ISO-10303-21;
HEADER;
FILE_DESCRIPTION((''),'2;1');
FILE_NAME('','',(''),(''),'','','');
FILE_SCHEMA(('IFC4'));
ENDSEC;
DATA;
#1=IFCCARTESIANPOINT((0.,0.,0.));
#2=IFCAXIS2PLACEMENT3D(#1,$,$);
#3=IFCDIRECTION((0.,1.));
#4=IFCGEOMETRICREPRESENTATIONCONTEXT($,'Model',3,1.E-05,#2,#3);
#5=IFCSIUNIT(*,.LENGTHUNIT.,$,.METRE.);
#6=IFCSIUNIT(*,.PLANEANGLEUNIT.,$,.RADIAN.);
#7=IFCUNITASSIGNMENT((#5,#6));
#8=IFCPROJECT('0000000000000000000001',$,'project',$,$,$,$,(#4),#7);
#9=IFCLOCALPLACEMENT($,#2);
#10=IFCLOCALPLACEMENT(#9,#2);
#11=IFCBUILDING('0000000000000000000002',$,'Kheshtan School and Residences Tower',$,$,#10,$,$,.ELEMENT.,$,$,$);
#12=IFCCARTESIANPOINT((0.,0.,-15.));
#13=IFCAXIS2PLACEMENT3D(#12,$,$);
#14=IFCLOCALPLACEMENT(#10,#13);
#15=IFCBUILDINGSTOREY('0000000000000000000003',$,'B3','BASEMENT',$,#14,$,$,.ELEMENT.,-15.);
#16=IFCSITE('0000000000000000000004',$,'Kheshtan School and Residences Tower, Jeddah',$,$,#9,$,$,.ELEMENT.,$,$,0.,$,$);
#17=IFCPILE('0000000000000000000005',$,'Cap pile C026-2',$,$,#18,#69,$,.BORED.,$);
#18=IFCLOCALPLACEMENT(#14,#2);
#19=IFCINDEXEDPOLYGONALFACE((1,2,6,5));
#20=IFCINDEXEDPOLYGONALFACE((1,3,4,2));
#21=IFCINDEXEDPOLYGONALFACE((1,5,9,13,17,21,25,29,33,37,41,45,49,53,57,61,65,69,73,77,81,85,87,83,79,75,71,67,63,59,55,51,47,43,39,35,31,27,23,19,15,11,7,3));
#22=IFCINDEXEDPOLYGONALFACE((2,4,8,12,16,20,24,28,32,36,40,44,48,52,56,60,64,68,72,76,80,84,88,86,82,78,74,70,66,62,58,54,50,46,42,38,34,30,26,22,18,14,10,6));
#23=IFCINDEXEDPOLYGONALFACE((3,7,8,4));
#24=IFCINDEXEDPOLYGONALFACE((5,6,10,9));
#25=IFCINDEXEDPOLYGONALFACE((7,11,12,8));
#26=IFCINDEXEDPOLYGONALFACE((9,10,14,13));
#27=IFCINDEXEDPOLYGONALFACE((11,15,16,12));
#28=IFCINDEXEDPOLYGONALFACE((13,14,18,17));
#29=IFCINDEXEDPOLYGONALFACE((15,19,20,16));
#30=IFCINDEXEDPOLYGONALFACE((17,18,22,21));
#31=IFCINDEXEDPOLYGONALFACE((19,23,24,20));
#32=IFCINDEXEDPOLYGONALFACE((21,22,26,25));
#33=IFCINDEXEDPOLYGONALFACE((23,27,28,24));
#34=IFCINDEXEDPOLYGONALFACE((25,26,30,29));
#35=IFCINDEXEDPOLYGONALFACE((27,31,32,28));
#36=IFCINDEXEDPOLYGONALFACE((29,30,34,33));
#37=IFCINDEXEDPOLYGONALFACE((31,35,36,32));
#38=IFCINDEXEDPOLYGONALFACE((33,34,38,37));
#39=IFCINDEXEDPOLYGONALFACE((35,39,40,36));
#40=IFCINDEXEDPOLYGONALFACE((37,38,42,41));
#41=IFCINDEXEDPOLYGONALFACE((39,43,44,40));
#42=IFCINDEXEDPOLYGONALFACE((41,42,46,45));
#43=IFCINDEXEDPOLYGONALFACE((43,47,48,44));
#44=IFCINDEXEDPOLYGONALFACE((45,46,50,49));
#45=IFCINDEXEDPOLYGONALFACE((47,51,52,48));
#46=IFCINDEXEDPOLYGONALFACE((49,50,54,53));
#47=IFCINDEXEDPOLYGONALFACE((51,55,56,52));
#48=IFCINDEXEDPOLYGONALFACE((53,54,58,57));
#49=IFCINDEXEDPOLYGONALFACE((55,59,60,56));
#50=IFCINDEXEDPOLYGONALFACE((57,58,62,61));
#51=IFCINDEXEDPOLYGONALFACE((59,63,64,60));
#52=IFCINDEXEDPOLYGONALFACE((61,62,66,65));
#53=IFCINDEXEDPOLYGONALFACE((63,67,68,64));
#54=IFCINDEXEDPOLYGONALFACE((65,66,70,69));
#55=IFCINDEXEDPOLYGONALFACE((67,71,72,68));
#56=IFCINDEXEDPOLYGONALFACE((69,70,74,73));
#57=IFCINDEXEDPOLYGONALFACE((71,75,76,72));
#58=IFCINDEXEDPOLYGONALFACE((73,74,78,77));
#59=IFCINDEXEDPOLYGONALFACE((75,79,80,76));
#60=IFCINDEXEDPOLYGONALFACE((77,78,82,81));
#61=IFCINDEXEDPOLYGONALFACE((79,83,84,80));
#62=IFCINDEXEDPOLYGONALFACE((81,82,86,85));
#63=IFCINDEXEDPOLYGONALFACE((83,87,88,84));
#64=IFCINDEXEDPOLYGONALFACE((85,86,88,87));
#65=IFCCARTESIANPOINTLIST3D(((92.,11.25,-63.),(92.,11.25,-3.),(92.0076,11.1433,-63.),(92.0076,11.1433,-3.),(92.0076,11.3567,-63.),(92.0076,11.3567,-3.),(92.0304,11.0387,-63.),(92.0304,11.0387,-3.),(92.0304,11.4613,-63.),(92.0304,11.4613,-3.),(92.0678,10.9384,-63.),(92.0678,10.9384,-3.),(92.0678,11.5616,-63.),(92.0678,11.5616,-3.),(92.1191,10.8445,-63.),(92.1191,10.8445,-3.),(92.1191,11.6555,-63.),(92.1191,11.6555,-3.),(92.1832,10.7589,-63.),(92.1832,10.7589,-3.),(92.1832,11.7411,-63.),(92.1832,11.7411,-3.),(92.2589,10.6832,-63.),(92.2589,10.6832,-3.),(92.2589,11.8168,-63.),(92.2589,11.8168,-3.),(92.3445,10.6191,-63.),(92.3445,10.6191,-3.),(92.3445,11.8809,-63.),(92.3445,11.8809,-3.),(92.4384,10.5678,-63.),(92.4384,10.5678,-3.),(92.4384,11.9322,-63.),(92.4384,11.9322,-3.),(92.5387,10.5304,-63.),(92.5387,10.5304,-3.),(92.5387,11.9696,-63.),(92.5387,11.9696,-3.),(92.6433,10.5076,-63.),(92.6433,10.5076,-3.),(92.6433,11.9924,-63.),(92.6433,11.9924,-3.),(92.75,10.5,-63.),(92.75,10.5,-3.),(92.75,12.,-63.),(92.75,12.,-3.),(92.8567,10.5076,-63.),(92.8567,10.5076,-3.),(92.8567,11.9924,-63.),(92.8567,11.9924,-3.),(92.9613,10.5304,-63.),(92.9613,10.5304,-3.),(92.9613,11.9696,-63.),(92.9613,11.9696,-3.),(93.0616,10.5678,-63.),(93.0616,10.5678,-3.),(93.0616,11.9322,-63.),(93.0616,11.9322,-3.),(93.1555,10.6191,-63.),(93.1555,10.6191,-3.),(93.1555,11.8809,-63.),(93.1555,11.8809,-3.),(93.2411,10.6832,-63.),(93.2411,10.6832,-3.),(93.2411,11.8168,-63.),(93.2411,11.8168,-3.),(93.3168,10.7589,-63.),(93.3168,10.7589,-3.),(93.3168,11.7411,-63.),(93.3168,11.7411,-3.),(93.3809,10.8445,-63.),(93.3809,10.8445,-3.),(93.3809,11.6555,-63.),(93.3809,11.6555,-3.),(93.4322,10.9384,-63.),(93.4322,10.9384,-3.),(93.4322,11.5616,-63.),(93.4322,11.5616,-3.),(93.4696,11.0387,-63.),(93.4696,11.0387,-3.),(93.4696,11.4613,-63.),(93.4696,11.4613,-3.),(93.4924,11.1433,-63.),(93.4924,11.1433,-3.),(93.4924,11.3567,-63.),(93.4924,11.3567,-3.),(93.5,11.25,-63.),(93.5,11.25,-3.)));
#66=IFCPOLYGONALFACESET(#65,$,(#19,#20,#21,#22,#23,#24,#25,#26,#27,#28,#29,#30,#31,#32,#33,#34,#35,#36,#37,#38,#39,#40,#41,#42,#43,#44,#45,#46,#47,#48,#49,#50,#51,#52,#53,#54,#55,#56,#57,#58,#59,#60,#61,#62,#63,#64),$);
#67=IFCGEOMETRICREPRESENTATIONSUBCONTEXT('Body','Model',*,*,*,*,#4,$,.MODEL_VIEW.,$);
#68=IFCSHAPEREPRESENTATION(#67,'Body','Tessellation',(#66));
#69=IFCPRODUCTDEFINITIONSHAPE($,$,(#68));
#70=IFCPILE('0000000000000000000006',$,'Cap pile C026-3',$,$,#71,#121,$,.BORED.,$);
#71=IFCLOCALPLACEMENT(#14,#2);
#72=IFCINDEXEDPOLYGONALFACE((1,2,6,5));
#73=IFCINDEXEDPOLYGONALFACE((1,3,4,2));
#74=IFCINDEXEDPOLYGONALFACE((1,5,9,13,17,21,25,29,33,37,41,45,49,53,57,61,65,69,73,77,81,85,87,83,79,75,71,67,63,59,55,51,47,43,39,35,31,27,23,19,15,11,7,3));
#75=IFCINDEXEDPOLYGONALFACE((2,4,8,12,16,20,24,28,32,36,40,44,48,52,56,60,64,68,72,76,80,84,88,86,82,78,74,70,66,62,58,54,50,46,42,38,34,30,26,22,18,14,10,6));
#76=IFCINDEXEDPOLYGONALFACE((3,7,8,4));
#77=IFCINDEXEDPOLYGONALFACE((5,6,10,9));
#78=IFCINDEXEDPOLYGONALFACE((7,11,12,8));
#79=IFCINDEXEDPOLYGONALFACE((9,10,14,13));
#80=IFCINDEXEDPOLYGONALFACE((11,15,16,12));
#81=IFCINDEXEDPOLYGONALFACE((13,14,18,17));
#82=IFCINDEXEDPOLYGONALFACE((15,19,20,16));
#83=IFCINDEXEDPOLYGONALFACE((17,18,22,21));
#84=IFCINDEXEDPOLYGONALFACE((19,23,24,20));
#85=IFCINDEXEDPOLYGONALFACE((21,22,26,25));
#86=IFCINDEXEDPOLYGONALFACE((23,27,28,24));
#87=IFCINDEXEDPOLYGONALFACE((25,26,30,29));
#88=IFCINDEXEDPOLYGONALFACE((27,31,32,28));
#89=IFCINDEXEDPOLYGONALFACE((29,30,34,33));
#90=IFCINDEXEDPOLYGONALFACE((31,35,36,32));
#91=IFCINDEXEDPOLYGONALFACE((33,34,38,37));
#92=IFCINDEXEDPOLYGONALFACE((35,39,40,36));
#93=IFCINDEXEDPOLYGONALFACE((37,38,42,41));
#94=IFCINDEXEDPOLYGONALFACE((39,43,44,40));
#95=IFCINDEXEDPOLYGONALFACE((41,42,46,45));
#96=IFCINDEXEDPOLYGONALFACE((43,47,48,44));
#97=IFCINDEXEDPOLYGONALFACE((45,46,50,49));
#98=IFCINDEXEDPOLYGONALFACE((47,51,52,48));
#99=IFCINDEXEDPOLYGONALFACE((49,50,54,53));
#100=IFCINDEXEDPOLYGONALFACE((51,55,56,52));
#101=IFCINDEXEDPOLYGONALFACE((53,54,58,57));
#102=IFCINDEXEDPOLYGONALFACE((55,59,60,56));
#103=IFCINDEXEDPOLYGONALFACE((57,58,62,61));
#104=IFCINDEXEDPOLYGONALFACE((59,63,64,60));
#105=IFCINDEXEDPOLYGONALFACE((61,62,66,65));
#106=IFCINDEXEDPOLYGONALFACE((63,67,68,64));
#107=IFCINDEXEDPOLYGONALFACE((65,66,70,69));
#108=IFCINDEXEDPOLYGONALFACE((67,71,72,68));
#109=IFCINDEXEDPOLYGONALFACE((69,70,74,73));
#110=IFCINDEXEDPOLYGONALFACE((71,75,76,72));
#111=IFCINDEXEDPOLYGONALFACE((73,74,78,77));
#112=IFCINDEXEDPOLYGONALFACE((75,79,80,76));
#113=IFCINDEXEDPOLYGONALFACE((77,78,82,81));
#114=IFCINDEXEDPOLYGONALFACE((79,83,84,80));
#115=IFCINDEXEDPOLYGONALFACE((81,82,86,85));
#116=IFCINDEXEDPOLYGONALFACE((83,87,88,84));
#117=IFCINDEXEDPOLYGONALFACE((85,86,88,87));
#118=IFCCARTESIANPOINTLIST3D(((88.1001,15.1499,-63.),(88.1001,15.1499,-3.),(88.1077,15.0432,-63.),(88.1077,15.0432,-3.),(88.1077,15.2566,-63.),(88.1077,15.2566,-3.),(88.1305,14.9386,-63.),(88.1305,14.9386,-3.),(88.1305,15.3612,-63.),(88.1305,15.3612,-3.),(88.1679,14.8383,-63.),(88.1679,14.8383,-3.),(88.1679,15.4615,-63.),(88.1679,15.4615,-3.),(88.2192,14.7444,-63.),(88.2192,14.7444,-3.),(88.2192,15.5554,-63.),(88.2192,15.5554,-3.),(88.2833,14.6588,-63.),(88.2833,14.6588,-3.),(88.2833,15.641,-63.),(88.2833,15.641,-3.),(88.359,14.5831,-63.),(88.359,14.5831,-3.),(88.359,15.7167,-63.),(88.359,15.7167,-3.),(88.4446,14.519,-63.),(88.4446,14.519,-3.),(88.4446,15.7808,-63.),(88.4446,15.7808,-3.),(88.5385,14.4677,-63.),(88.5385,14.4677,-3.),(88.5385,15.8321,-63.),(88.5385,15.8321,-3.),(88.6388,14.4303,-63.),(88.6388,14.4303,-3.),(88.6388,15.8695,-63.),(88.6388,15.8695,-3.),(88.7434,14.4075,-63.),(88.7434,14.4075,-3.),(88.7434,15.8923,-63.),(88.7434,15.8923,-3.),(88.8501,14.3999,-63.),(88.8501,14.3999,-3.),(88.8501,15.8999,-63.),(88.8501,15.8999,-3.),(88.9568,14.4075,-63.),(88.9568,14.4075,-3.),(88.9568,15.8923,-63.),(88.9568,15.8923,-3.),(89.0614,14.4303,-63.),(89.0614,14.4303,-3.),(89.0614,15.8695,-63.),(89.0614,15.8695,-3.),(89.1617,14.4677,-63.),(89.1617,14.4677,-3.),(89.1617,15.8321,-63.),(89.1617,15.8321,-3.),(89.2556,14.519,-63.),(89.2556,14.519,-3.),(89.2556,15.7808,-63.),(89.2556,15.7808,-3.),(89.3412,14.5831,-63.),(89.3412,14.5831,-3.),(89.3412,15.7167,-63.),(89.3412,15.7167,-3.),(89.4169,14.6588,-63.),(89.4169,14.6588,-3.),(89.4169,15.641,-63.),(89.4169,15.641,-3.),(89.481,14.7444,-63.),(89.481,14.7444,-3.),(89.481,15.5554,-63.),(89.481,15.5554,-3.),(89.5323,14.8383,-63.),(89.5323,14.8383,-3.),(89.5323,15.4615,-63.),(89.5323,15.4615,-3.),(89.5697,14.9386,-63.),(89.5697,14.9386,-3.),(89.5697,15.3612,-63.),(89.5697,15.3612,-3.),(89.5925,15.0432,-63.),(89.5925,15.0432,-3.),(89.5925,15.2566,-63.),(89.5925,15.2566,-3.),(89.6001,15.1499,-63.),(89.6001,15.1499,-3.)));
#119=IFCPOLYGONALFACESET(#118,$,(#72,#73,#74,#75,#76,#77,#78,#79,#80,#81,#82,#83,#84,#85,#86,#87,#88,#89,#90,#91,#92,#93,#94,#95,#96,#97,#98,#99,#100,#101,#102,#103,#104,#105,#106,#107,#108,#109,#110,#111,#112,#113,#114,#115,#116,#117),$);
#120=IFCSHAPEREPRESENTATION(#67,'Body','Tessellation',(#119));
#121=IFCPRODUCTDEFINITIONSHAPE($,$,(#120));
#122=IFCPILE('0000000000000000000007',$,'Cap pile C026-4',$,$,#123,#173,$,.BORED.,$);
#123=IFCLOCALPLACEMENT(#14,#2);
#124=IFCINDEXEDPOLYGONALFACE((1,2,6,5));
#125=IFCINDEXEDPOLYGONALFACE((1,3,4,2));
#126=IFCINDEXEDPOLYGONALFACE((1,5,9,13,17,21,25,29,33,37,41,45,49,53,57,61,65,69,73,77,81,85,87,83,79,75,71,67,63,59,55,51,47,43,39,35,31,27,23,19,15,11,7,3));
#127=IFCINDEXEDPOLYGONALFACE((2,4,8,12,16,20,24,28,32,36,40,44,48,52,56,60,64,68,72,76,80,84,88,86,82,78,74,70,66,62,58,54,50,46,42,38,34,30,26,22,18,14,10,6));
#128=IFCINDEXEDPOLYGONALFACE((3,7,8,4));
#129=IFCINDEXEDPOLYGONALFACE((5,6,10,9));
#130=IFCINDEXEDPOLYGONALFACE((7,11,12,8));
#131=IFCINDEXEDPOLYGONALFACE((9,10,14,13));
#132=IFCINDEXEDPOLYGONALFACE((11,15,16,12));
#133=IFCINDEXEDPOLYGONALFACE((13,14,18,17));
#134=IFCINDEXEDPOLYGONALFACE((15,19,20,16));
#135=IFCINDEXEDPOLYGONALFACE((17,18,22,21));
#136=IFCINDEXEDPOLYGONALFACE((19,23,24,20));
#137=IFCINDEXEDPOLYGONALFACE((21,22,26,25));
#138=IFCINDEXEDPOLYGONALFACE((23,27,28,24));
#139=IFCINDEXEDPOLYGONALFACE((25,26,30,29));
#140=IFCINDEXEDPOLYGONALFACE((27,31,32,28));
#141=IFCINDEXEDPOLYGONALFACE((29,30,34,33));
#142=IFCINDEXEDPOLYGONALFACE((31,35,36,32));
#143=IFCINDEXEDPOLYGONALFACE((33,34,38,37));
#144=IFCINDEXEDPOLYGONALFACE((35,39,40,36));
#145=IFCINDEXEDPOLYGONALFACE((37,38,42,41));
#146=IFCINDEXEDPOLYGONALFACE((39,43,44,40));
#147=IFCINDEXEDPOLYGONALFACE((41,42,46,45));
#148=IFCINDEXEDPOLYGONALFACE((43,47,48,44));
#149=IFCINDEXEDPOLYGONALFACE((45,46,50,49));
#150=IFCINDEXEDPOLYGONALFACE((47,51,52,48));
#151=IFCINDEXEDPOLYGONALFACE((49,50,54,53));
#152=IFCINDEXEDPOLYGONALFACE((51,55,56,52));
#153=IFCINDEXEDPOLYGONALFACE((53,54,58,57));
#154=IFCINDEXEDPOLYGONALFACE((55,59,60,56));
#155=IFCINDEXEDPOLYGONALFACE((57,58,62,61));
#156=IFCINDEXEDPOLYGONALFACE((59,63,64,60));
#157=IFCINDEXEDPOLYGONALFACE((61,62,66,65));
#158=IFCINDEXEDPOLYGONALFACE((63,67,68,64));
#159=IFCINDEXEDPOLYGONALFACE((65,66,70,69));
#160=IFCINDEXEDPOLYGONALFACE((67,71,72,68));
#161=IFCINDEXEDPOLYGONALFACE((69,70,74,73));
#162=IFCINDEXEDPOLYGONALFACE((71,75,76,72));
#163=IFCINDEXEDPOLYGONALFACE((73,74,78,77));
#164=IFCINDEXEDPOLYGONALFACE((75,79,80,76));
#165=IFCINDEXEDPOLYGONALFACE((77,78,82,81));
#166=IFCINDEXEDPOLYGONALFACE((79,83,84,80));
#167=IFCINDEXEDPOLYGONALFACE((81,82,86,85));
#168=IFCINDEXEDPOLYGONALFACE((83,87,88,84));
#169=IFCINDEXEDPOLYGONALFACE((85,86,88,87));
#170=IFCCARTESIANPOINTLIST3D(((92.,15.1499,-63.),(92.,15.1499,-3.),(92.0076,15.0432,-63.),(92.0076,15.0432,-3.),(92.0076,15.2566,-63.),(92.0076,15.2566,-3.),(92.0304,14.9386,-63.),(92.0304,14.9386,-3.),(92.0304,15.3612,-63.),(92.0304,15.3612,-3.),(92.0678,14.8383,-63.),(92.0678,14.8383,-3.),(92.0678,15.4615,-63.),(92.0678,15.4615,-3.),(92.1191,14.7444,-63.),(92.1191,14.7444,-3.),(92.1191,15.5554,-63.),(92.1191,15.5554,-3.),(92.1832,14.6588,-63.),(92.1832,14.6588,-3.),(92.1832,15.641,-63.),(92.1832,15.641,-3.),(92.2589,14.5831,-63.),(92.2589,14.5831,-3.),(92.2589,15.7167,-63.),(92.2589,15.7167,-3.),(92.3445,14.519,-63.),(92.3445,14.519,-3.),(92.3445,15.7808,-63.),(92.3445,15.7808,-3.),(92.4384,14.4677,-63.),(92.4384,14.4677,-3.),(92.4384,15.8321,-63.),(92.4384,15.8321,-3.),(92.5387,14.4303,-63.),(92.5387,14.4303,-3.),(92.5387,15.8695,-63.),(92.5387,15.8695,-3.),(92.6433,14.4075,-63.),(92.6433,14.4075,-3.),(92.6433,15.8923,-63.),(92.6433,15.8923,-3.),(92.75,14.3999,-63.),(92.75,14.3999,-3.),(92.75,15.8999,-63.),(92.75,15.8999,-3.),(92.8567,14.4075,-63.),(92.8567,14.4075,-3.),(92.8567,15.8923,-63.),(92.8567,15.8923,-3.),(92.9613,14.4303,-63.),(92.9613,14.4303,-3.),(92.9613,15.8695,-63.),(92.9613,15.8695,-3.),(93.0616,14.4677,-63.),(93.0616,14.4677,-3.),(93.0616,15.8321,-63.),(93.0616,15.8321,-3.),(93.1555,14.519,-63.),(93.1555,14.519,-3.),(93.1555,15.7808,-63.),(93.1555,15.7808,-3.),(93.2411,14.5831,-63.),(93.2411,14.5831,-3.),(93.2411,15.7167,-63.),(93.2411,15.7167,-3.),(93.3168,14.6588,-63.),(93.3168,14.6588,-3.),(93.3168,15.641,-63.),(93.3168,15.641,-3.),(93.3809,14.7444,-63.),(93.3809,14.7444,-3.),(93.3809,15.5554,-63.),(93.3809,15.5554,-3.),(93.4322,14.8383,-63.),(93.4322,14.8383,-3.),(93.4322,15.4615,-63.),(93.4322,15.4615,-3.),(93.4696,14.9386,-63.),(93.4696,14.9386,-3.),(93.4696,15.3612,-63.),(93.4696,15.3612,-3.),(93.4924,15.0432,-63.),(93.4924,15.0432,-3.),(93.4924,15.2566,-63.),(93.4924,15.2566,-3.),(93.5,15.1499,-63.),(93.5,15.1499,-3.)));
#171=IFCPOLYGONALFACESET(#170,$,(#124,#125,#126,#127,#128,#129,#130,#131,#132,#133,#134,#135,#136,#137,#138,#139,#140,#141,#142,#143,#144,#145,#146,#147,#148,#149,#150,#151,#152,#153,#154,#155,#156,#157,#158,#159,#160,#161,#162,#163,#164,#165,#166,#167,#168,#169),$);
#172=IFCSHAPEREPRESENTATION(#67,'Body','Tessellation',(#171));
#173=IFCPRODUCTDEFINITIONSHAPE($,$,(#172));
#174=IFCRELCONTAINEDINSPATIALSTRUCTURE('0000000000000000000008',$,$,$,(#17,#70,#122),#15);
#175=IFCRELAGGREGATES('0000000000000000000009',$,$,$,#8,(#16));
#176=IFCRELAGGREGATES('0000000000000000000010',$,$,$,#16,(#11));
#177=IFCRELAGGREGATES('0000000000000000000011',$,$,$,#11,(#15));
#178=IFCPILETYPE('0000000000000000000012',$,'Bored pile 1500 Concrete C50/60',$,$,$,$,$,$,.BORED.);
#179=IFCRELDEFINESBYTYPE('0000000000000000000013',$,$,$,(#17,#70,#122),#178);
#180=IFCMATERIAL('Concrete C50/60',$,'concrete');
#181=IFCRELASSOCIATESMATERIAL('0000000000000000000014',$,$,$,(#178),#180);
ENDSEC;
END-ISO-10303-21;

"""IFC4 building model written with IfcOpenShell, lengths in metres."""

from ifc_helpers import new_model, si_unit, direction, frame, origin, origin_2d, place, context, subcontext, project, spatial, circle, extrude, material, material_profile, profile_set, type_object, element, save


model = new_model("IFC4")

# Units and contexts
model_context = context("Model", 3, precision=1e-05, world=origin(), true_north=direction((0.0, 1.0)))
body_context = subcontext(model_context, "Body", "Model", "MODEL_VIEW")
ifc_project = project(units=[si_unit("LENGTHUNIT", "METRE"), si_unit("PLANEANGLEUNIT", "RADIAN")], contexts=[model_context])

# Site, building, storey
site_placement = place(None, origin())
site = spatial("IfcSite", under=ifc_project, at=site_placement, Name="Kheshtan School and Residences Tower, Jeddah", CompositionType="ELEMENT", RefElevation=0.0)
building_placement = place(site_placement, origin())
building = spatial("IfcBuilding", under=site, at=building_placement, Name="Kheshtan School and Residences Tower", CompositionType="ELEMENT")
storey_placement = place(building_placement, frame((0.0, 0.0, -15.0)))
storey = spatial("IfcBuildingStorey", under=building, at=storey_placement, Name="B3", Description="BASEMENT", CompositionType="ELEMENT", Elevation=-15.0)

# Piles
ifc_material_1 = material(Name="Concrete C50/60", Category="concrete")
ifc_material_profile_1 = material_profile(ifc_material_1, circle(Radius=0.75, at=origin_2d()), Name="BP 1500")
ifc_profile_set_1 = profile_set([ifc_material_profile_1], Name="Concrete C50/60")
pile_type_1 = type_object("IfcPileType", Name="Bored pile 1500 Concrete C50/60", PredefinedType="BORED", material=ifc_profile_set_1)
for number, where, z_axis, x_axis, name in (
    (1, (92.75, 11.25, -3.0), (0.0, 0.0, -1.0), (1.0, 0.0, 0.0), "Cap pile C026-2"),
    (2, (88.8501, 15.1499, -3.0), (0.0, 0.0, -1.0), (1.0, 0.0, 0.0), "Cap pile C026-3"),
    (3, (92.75, 15.1499, -3.0), (0.0, 0.0, -1.0), (1.0, 0.0, 0.0), "Cap pile C026-4"),
):
    element("IfcPile", number, at=place(storey_placement, frame(where, z_axis=z_axis, x_axis=x_axis)), inside=storey, type_object=pile_type_1, Name=name, PredefinedType="BORED", context=body_context, shape_type="SweptSolid", body=[
        extrude(circle(Radius=0.75, at=origin_2d()), origin(), (0.0, 0.0, 1.0), 60.0),
    ])

save(model, "model.ifc")
